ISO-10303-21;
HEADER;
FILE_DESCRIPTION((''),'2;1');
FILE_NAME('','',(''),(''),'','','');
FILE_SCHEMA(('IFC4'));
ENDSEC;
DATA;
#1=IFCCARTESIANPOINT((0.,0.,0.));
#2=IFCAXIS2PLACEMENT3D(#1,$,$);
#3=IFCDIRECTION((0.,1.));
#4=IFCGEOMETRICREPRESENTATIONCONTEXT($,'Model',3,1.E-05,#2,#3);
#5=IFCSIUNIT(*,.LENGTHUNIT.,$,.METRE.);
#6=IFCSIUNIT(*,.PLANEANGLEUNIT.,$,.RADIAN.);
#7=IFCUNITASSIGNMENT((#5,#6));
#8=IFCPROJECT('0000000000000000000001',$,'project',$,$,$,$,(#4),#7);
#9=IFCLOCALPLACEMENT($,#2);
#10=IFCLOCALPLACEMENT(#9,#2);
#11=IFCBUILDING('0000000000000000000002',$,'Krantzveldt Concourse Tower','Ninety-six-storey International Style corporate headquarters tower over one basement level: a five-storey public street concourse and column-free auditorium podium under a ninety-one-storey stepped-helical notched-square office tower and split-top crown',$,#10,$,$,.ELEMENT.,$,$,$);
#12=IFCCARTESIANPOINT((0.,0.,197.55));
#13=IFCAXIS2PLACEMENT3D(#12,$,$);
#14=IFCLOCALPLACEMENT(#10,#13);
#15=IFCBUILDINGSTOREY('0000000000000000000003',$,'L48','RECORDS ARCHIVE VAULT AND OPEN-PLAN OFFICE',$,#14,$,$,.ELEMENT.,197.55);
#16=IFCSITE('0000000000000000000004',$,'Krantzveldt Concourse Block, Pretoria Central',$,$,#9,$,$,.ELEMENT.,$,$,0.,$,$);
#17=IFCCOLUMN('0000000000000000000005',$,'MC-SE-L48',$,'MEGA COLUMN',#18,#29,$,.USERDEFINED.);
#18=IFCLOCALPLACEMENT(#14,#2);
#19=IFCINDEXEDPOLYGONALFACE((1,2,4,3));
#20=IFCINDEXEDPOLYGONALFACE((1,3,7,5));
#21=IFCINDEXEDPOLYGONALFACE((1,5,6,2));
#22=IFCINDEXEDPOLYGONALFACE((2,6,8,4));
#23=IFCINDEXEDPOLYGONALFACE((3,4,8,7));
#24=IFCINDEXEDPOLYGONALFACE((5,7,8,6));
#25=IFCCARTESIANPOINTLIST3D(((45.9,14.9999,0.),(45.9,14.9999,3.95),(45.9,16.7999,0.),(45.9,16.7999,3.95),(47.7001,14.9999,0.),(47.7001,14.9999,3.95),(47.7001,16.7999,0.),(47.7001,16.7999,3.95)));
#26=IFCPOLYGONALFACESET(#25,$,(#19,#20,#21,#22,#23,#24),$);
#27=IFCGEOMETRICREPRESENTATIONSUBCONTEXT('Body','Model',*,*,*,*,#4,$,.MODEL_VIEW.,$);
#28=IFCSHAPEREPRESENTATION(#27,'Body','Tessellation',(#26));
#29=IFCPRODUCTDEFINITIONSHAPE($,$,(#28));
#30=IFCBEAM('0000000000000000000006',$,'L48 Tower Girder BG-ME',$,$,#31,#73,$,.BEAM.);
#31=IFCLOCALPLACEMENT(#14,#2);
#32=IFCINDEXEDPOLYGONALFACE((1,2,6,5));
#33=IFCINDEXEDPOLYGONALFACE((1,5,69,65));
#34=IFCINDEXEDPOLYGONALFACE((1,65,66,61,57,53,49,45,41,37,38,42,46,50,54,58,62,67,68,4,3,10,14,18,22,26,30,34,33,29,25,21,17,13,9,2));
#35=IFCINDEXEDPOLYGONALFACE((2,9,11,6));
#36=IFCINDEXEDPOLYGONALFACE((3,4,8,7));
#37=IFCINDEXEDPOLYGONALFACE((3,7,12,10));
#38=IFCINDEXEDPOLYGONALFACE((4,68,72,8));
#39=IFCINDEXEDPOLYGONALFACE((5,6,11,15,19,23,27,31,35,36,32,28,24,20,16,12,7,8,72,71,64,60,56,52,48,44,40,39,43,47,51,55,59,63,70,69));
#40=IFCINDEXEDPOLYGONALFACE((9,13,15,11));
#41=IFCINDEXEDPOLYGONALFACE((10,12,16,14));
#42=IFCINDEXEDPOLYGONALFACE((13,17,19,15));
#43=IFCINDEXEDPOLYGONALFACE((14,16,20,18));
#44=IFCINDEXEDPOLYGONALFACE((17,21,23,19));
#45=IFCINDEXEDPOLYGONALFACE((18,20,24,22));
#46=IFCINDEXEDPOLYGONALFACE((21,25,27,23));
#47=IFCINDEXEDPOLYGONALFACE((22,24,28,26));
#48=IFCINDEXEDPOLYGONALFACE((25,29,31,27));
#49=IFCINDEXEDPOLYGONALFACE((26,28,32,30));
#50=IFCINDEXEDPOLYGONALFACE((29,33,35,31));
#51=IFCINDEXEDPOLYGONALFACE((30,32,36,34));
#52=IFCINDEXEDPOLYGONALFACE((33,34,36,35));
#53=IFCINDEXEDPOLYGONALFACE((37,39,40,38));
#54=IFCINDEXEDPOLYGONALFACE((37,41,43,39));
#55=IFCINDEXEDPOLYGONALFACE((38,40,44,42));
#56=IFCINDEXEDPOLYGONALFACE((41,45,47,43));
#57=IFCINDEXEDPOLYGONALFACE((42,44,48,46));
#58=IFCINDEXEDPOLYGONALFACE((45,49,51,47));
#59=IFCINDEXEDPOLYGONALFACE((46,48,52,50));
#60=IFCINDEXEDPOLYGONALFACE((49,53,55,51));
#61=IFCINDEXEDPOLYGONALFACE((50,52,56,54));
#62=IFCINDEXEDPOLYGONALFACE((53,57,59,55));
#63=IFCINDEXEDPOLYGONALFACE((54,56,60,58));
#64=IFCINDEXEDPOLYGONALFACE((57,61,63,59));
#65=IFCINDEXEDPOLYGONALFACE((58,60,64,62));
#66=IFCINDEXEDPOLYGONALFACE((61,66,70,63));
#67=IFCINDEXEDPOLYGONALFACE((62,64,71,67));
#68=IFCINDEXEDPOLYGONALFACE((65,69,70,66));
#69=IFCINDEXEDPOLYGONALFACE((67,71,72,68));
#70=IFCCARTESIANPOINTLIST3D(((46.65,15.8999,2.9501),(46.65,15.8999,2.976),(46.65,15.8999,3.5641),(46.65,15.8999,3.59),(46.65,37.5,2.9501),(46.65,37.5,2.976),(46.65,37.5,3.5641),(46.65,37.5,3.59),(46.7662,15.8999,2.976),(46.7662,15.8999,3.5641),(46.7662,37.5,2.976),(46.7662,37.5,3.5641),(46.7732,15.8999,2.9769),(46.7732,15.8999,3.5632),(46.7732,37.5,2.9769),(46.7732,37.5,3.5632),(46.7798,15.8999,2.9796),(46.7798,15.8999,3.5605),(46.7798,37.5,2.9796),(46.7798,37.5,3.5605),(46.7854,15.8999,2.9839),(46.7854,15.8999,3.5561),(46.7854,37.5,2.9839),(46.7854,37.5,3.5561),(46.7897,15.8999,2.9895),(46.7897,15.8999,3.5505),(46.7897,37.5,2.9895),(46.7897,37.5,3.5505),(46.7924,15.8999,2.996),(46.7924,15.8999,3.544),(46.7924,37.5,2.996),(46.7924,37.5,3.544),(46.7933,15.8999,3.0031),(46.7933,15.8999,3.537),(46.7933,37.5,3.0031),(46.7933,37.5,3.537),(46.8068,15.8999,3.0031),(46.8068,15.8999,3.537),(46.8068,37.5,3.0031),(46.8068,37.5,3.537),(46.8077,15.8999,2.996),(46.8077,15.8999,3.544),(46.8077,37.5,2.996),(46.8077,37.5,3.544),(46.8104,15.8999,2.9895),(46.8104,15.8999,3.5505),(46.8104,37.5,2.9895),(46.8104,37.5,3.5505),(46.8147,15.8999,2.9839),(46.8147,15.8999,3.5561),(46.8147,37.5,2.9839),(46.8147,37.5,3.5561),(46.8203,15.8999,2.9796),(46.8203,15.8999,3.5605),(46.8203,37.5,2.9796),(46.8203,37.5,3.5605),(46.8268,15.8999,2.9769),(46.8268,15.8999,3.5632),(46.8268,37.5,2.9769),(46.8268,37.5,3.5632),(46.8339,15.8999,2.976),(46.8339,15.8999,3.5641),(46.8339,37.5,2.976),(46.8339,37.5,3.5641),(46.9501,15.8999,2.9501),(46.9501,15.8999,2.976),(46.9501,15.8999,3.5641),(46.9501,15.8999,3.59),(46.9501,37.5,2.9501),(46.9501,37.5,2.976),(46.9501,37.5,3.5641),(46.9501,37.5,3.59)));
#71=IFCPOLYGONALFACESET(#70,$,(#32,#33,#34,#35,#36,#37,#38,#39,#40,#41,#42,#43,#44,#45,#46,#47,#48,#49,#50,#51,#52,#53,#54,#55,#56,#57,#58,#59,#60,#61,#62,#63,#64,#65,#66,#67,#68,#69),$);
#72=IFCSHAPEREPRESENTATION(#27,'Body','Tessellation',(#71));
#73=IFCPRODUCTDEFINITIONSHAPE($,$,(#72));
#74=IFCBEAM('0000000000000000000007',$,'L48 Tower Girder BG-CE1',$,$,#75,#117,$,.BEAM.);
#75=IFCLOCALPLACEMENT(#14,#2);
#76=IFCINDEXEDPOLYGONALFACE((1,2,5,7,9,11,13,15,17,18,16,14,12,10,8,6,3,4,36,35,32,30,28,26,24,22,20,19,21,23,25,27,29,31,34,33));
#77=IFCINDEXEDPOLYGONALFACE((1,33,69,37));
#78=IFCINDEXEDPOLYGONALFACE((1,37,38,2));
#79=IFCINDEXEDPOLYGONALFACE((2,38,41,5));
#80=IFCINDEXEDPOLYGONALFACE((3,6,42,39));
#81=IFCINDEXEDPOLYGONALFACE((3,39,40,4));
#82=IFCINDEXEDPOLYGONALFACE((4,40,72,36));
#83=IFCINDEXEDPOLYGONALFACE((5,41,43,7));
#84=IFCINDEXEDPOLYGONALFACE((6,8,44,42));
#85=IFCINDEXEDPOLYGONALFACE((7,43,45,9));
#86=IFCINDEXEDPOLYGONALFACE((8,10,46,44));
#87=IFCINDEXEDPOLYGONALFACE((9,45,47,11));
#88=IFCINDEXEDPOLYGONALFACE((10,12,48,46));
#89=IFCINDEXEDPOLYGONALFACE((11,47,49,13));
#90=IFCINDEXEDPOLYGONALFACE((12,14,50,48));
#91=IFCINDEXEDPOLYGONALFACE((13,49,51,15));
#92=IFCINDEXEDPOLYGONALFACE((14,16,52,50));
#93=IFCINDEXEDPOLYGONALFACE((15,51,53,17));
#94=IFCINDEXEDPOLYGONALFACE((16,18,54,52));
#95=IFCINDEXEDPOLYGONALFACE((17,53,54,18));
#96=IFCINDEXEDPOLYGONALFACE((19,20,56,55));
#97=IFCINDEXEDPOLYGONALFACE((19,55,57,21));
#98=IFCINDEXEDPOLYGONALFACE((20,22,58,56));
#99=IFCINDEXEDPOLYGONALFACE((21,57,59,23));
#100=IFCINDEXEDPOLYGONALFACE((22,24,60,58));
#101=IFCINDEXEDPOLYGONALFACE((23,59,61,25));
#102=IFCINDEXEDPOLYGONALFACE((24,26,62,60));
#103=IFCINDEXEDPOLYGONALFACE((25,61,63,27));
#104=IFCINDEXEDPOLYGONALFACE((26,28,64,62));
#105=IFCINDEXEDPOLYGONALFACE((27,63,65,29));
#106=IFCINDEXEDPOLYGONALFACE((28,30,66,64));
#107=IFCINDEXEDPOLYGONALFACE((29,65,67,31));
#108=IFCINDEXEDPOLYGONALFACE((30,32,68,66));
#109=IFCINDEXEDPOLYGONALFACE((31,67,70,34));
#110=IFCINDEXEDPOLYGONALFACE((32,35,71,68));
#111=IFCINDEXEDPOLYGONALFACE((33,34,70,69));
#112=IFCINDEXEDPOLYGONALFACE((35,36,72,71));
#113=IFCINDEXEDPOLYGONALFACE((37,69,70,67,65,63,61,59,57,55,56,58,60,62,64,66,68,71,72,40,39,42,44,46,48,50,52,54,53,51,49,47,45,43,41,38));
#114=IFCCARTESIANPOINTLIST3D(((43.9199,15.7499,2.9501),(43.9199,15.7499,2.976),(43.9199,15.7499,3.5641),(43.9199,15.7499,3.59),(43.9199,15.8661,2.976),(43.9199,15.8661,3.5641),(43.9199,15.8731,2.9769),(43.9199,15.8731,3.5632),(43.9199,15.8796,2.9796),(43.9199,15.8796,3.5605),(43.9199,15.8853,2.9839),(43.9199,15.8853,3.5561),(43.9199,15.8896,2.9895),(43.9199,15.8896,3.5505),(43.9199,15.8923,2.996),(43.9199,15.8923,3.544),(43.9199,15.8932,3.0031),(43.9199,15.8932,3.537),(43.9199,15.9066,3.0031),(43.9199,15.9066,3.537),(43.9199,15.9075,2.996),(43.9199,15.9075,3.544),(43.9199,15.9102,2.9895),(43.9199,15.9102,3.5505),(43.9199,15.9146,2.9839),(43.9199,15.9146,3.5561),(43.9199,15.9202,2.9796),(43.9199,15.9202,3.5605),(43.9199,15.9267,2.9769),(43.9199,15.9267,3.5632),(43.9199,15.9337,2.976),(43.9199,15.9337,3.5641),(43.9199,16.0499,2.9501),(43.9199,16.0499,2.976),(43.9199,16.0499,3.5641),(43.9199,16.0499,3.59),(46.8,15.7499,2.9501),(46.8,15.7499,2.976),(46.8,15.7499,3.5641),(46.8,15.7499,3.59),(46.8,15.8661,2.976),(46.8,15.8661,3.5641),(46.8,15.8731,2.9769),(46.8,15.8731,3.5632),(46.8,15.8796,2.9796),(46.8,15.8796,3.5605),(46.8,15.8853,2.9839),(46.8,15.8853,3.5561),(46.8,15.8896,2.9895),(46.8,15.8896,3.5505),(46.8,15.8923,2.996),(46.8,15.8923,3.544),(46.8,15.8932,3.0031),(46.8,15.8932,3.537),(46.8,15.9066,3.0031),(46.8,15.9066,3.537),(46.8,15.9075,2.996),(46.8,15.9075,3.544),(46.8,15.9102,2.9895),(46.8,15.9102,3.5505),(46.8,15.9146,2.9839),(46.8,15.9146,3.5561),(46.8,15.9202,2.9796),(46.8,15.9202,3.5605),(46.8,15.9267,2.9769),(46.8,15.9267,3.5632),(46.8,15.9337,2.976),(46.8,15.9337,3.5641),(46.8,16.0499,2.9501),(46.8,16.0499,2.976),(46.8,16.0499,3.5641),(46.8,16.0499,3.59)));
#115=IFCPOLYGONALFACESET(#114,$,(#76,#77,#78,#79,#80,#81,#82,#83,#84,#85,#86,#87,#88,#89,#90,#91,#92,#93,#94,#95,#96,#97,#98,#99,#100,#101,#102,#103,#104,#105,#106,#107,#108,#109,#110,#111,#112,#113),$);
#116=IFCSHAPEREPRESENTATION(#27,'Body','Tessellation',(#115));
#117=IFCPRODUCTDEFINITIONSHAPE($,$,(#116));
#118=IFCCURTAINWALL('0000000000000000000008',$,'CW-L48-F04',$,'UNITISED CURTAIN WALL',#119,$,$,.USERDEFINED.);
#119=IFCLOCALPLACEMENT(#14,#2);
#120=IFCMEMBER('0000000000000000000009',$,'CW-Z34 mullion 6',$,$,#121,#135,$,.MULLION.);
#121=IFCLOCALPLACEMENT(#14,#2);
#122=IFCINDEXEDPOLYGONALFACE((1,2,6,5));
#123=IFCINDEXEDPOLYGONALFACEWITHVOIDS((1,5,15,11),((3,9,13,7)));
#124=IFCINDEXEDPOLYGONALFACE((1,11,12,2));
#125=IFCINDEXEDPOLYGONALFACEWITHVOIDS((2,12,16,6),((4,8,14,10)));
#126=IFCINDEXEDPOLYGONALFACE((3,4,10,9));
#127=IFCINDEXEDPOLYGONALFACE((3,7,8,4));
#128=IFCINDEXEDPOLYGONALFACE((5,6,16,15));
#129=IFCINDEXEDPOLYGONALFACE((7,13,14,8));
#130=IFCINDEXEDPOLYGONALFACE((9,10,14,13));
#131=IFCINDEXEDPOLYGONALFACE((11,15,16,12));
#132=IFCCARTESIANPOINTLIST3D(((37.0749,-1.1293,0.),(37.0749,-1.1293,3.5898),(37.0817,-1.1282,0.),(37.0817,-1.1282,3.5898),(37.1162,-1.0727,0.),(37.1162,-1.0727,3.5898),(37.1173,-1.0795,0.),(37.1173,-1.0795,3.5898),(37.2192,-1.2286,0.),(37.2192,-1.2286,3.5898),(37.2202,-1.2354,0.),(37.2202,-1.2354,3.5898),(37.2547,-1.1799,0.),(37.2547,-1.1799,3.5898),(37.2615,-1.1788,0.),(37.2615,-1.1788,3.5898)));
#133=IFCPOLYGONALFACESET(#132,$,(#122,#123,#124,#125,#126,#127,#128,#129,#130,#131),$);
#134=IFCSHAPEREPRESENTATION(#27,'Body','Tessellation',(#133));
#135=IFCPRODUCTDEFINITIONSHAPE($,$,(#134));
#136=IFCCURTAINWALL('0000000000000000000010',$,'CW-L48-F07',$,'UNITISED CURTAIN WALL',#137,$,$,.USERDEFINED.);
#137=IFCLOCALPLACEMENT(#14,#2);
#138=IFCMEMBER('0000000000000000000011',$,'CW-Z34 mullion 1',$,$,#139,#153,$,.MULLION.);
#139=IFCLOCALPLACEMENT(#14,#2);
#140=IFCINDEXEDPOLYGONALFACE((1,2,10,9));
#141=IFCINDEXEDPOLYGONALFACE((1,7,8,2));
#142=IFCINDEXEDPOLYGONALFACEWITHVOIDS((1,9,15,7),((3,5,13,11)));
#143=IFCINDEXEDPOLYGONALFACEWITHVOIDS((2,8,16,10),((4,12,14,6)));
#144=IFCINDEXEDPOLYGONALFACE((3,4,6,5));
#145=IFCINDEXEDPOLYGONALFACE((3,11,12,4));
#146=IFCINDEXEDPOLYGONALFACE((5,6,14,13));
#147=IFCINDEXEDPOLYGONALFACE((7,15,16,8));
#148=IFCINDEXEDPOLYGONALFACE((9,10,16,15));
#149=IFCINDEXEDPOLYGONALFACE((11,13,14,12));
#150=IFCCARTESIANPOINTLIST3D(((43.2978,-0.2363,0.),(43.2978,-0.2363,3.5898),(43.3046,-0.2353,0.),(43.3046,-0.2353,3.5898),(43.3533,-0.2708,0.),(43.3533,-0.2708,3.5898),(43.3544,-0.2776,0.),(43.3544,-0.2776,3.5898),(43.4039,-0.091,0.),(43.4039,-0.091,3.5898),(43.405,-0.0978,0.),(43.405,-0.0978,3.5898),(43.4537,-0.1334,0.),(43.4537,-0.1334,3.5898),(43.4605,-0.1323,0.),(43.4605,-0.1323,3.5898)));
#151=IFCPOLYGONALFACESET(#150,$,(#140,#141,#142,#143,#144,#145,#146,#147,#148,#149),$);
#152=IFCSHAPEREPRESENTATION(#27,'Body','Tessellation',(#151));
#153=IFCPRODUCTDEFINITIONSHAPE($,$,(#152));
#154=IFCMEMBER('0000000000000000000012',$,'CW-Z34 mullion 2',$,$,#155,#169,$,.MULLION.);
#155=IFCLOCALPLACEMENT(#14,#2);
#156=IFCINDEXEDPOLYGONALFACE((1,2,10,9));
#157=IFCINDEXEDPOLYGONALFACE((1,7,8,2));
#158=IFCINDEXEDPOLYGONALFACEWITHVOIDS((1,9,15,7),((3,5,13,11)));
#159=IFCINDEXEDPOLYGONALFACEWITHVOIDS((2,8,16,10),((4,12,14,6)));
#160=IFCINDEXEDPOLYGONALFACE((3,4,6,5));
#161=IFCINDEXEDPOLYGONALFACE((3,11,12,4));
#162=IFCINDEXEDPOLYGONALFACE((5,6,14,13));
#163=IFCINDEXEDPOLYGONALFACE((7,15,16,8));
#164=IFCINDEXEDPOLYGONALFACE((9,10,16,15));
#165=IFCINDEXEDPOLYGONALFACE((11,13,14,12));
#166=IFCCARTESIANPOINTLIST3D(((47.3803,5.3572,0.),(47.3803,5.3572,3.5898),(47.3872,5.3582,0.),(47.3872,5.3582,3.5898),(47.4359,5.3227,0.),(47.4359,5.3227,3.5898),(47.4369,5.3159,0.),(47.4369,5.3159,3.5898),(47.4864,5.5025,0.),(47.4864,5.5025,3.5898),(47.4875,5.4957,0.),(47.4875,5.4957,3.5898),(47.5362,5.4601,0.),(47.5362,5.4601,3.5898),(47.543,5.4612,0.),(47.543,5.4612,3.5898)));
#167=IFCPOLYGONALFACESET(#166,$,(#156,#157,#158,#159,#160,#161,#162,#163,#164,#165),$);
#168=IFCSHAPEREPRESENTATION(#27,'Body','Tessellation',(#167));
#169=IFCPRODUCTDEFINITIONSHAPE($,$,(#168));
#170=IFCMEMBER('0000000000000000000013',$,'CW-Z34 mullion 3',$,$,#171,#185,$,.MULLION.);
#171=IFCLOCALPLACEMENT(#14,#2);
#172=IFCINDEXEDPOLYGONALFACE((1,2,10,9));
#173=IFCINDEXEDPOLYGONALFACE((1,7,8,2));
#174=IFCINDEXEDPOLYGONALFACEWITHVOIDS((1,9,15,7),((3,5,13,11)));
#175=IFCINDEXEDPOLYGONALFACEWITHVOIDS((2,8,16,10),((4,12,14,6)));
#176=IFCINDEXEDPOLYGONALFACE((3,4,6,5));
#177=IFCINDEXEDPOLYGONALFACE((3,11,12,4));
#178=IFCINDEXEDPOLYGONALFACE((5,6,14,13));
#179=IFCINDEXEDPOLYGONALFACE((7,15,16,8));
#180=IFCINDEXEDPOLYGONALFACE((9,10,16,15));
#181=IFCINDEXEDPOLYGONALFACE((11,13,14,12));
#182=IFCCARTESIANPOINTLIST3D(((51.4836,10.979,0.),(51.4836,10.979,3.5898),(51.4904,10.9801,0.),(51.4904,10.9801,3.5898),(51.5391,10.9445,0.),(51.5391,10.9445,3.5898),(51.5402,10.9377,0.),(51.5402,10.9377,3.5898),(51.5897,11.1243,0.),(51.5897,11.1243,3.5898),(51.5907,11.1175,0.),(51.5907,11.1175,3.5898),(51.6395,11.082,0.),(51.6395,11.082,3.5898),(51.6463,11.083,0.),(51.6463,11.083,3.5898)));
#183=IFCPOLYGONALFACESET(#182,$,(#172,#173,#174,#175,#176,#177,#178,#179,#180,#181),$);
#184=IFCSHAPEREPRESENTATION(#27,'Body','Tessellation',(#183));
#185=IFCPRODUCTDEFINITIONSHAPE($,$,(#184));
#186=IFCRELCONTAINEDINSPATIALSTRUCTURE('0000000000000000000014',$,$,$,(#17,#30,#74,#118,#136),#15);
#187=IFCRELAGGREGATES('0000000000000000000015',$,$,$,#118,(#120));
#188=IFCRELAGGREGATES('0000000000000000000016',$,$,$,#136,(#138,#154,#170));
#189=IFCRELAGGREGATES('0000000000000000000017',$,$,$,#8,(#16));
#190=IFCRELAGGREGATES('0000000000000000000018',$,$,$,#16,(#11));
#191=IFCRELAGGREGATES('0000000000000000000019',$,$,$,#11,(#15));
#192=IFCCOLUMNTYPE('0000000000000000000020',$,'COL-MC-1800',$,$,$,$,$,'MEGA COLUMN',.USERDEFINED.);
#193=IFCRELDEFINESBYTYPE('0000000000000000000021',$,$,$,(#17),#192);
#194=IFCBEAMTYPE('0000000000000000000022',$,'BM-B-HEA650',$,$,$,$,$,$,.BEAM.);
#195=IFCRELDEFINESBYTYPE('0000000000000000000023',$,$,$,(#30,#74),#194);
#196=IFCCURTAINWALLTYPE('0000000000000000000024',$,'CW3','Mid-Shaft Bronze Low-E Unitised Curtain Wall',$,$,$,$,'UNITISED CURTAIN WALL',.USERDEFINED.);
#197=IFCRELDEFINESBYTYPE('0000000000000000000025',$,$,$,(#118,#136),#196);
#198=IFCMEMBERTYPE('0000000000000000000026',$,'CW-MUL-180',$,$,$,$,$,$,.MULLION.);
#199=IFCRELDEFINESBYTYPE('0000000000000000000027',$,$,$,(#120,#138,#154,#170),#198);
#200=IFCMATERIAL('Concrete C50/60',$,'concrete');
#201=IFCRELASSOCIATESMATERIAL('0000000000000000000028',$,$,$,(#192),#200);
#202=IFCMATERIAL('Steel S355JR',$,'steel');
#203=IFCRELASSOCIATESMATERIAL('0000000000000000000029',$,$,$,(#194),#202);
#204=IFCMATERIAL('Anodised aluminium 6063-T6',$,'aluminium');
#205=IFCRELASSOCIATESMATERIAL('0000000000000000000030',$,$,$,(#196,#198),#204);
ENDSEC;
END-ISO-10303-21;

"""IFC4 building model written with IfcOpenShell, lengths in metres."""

from ifc_helpers import new_model, si_unit, direction, frame, origin, origin_2d, place, context, subcontext, project, spatial, rectangle, hollow_rectangle, i_section, extrude, source, transform, mapped, material, material_profile, profile_set, type_object, type_shapes, element, aggregate, save


model = new_model("IFC4")

# Units and contexts
model_context = context("Model", 3, precision=1e-05, world=origin(), true_north=direction((0.0, 1.0)))
body_context = subcontext(model_context, "Body", "Model", "MODEL_VIEW")
ifc_project = project(units=[si_unit("LENGTHUNIT", "METRE"), si_unit("PLANEANGLEUNIT", "RADIAN")], contexts=[model_context])

# Site, building, storey
site_placement = place(None, origin())
site = spatial("IfcSite", under=ifc_project, at=site_placement, Name="Krantzveldt Concourse Block, Pretoria Central", CompositionType="ELEMENT", RefElevation=0.0)
building_placement = place(site_placement, origin())
building = spatial("IfcBuilding", under=site, at=building_placement, Name="Krantzveldt Concourse Tower", Description="Ninety-six-storey International Style corporate headquarters tower over one basement level: a five-storey public street concourse and column-free auditorium podium under a ninety-one-storey stepped-helical notched-square office tower and split-top crown", CompositionType="ELEMENT")
storey_placement = place(building_placement, frame((0.0, 0.0, 197.55)))
storey = spatial("IfcBuildingStorey", under=building, at=storey_placement, Name="L48", Description="RECORDS ARCHIVE VAULT AND OPEN-PLAN OFFICE", CompositionType="ELEMENT", Elevation=197.55)

# Column
ifc_material_1 = material(Name="Concrete C50/60", Category="concrete")
ifc_material_profile_1 = material_profile(ifc_material_1, rectangle(XDim=1.8, YDim=1.8, at=origin_2d()), Name="Concrete C50/60", Category="concrete")
ifc_profile_set_1 = profile_set([ifc_material_profile_1], Name="Concrete C50/60 - RC 1800x1800")
column_type = type_object("IfcColumnType", Name="COL-MC-1800", ElementType="MEGA COLUMN", PredefinedType="USERDEFINED", material=ifc_profile_set_1)
shared_shape_1 = source(origin(), body_context, "Body", "SweptSolid", [
    extrude(rectangle(XDim=1.8, YDim=1.8, at=origin_2d()), origin(), (0.0, 0.0, 1.0), 3.95),
])
type_shapes(column_type, [shared_shape_1])
column_placement = place(storey_placement, frame((46.8, 15.8999, 0.0), z_axis=(0.0, 0.0, 1.0), x_axis=(1.0, 0.0, 0.0)))
element("IfcColumn", 1, at=column_placement, inside=storey, type_object=column_type, Name="MC-SE-L48", ObjectType="MEGA COLUMN", PredefinedType="USERDEFINED", context=body_context, shape_type="MappedRepresentation", body=[
    mapped(shared_shape_1, transform((0.0, 0.0, 0.0), x_axis=(1.0, 0.0, 0.0), y_axis=(0.0, 1.0, 0.0), z_axis=(0.0, 0.0, 1.0), scale=1.0)),
])

# Beams
ifc_material_2 = material(Name="Steel S355JR", Category="steel")
ifc_material_profile_2 = material_profile(ifc_material_2, i_section(OverallWidth=0.3, OverallDepth=0.6399, WebThickness=0.0134, FlangeThickness=0.0259, FilletRadius=0.0271, at=origin_2d()), Name="Steel S355JR", Category="steel")
ifc_profile_set_2 = profile_set([ifc_material_profile_2], Name="Steel S355JR - HEA 650")
beam_type = type_object("IfcBeamType", Name="BM-B-HEA650", PredefinedType="BEAM", material=ifc_profile_set_2)
shared_shape_2 = source(origin(), body_context, "Body", "SweptSolid", [
    extrude(i_section(OverallWidth=0.3, OverallDepth=0.6399, WebThickness=0.0134, FlangeThickness=0.0259, FilletRadius=0.0271, at=origin_2d()), origin(), (0.0, 0.0, 1.0), 21.6001),
])
beam_1_placement = place(storey_placement, frame((46.8, 15.8999, 3.27), z_axis=(0.0, 1.0, 0.0), x_axis=(-1.0, 0.0, 0.0)))
element("IfcBeam", 2, at=beam_1_placement, inside=storey, type_object=beam_type, Name="L48 Tower Girder BG-ME", PredefinedType="BEAM", context=body_context, shape_type="MappedRepresentation", body=[
    mapped(shared_shape_2, transform((0.0, 0.0, 0.0), x_axis=(1.0, 0.0, 0.0), y_axis=(0.0, 1.0, 0.0), z_axis=(0.0, 0.0, 1.0), scale=1.0)),
])
shared_shape_3 = source(origin(), body_context, "Body", "SweptSolid", [
    extrude(i_section(OverallWidth=0.3, OverallDepth=0.6399, WebThickness=0.0134, FlangeThickness=0.0259, FilletRadius=0.0271, at=origin_2d()), origin(), (0.0, 0.0, 1.0), 2.8801),
])
type_shapes(beam_type, [shared_shape_2, shared_shape_3])
beam_2_placement = place(storey_placement, frame((43.9199, 15.8999, 3.27), z_axis=(1.0, 0.0, 0.0), x_axis=(0.0, 1.0, 0.0)))
element("IfcBeam", 3, at=beam_2_placement, inside=storey, type_object=beam_type, Name="L48 Tower Girder BG-CE1", PredefinedType="BEAM", context=body_context, shape_type="MappedRepresentation", body=[
    mapped(shared_shape_3, transform((0.0, 0.0, 0.0), x_axis=(1.0, 0.0, 0.0), y_axis=(0.0, 1.0, 0.0), z_axis=(0.0, 0.0, 1.0), scale=1.0)),
])

# Curtain wall, member
ifc_material_3 = material(Name="Anodised aluminium 6063-T6", Category="aluminium")
curtain_wall_type = type_object("IfcCurtainWallType", Name="CW3", Description="Mid-Shaft Bronze Low-E Unitised Curtain Wall", ElementType="UNITISED CURTAIN WALL", PredefinedType="USERDEFINED", material=ifc_material_3)
curtain_wall_1_placement = place(storey_placement, origin())
curtain_wall_1 = element("IfcCurtainWall", 4, at=curtain_wall_1_placement, inside=storey, type_object=curtain_wall_type, Name="CW-L48-F04", ObjectType="UNITISED CURTAIN WALL", PredefinedType="USERDEFINED")
ifc_material_profile_3 = material_profile(ifc_material_3, hollow_rectangle(XDim=0.0701, YDim=0.1799, WallThickness=0.0049, at=origin_2d()), Name="Anodised aluminium 6063-T6", Category="aluminium")
ifc_profile_set_3 = profile_set([ifc_material_profile_3], Name="Anodised aluminium 6063-T6 - ALU-MULL 180x70x5")
member_type_1 = type_object("IfcMemberType", Name="CW-MUL-180", PredefinedType="MULLION", material=ifc_profile_set_3)
shared_shape_4 = source(origin(), body_context, "Body", "SweptSolid", [
    extrude(hollow_rectangle(XDim=0.0701, YDim=0.1799, WallThickness=0.0049, at=origin_2d()), origin(), (0.0, 0.0, 1.0), 3.5898),
])
type_shapes(member_type_1, [shared_shape_4])
member_1_placement = place(storey_placement, frame((37.1682, -1.1541, 0.0), z_axis=(0.0, 0.0, 1.0), x_axis=(0.589549, 0.807733, 0.0)))
member_1 = element("IfcMember", 5, at=member_1_placement, type_object=member_type_1, Name="CW-Z34 mullion 6", PredefinedType="MULLION", context=body_context, shape_type="MappedRepresentation", body=[
    mapped(shared_shape_4, transform((0.0, 0.0, 0.0), x_axis=(1.0, 0.0, 0.0), y_axis=(0.0, 1.0, 0.0), z_axis=(0.0, 0.0, 1.0), scale=1.0)),
])
aggregate(curtain_wall_1, [member_1])

# Curtain wall, members
curtain_wall_2_placement = place(storey_placement, origin())
curtain_wall_2 = element("IfcCurtainWall", 6, at=curtain_wall_2_placement, inside=storey, type_object=curtain_wall_type, Name="CW-L48-F07", ObjectType="UNITISED CURTAIN WALL", PredefinedType="USERDEFINED")
member_2_placement = place(storey_placement, frame((43.3792, -0.1843, 0.0), z_axis=(0.0, 0.0, 1.0), x_axis=(-0.807733, 0.589549, 0.0)))
member_2 = element("IfcMember", 7, at=member_2_placement, type_object=member_type_1, Name="CW-Z34 mullion 1", PredefinedType="MULLION", context=body_context, shape_type="MappedRepresentation", body=[
    mapped(shared_shape_4, transform((0.0, 0.0, 0.0), x_axis=(1.0, 0.0, 0.0), y_axis=(0.0, 1.0, 0.0), z_axis=(0.0, 0.0, 1.0), scale=1.0)),
])
member_3_placement = place(storey_placement, frame((47.4617, 5.4092, 0.0), z_axis=(0.0, 0.0, 1.0), x_axis=(-0.807733, 0.589549, 0.0)))
member_3 = element("IfcMember", 8, at=member_3_placement, type_object=member_type_1, Name="CW-Z34 mullion 2", PredefinedType="MULLION", context=body_context, shape_type="MappedRepresentation", body=[
    mapped(shared_shape_4, transform((0.0, 0.0, 0.0), x_axis=(1.0, 0.0, 0.0), y_axis=(0.0, 1.0, 0.0), z_axis=(0.0, 0.0, 1.0), scale=1.0)),
])
member_4_placement = place(storey_placement, frame((51.5649, 11.031, 0.0), z_axis=(0.0, 0.0, 1.0), x_axis=(-0.807733, 0.589549, 0.0)))
member_4 = element("IfcMember", 9, at=member_4_placement, type_object=member_type_1, Name="CW-Z34 mullion 3", PredefinedType="MULLION", context=body_context, shape_type="MappedRepresentation", body=[
    mapped(shared_shape_4, transform((0.0, 0.0, 0.0), x_axis=(1.0, 0.0, 0.0), y_axis=(0.0, 1.0, 0.0), z_axis=(0.0, 0.0, 1.0), scale=1.0)),
])
aggregate(curtain_wall_2, [member_2, member_3, member_4])

save(model, "model.ifc")
